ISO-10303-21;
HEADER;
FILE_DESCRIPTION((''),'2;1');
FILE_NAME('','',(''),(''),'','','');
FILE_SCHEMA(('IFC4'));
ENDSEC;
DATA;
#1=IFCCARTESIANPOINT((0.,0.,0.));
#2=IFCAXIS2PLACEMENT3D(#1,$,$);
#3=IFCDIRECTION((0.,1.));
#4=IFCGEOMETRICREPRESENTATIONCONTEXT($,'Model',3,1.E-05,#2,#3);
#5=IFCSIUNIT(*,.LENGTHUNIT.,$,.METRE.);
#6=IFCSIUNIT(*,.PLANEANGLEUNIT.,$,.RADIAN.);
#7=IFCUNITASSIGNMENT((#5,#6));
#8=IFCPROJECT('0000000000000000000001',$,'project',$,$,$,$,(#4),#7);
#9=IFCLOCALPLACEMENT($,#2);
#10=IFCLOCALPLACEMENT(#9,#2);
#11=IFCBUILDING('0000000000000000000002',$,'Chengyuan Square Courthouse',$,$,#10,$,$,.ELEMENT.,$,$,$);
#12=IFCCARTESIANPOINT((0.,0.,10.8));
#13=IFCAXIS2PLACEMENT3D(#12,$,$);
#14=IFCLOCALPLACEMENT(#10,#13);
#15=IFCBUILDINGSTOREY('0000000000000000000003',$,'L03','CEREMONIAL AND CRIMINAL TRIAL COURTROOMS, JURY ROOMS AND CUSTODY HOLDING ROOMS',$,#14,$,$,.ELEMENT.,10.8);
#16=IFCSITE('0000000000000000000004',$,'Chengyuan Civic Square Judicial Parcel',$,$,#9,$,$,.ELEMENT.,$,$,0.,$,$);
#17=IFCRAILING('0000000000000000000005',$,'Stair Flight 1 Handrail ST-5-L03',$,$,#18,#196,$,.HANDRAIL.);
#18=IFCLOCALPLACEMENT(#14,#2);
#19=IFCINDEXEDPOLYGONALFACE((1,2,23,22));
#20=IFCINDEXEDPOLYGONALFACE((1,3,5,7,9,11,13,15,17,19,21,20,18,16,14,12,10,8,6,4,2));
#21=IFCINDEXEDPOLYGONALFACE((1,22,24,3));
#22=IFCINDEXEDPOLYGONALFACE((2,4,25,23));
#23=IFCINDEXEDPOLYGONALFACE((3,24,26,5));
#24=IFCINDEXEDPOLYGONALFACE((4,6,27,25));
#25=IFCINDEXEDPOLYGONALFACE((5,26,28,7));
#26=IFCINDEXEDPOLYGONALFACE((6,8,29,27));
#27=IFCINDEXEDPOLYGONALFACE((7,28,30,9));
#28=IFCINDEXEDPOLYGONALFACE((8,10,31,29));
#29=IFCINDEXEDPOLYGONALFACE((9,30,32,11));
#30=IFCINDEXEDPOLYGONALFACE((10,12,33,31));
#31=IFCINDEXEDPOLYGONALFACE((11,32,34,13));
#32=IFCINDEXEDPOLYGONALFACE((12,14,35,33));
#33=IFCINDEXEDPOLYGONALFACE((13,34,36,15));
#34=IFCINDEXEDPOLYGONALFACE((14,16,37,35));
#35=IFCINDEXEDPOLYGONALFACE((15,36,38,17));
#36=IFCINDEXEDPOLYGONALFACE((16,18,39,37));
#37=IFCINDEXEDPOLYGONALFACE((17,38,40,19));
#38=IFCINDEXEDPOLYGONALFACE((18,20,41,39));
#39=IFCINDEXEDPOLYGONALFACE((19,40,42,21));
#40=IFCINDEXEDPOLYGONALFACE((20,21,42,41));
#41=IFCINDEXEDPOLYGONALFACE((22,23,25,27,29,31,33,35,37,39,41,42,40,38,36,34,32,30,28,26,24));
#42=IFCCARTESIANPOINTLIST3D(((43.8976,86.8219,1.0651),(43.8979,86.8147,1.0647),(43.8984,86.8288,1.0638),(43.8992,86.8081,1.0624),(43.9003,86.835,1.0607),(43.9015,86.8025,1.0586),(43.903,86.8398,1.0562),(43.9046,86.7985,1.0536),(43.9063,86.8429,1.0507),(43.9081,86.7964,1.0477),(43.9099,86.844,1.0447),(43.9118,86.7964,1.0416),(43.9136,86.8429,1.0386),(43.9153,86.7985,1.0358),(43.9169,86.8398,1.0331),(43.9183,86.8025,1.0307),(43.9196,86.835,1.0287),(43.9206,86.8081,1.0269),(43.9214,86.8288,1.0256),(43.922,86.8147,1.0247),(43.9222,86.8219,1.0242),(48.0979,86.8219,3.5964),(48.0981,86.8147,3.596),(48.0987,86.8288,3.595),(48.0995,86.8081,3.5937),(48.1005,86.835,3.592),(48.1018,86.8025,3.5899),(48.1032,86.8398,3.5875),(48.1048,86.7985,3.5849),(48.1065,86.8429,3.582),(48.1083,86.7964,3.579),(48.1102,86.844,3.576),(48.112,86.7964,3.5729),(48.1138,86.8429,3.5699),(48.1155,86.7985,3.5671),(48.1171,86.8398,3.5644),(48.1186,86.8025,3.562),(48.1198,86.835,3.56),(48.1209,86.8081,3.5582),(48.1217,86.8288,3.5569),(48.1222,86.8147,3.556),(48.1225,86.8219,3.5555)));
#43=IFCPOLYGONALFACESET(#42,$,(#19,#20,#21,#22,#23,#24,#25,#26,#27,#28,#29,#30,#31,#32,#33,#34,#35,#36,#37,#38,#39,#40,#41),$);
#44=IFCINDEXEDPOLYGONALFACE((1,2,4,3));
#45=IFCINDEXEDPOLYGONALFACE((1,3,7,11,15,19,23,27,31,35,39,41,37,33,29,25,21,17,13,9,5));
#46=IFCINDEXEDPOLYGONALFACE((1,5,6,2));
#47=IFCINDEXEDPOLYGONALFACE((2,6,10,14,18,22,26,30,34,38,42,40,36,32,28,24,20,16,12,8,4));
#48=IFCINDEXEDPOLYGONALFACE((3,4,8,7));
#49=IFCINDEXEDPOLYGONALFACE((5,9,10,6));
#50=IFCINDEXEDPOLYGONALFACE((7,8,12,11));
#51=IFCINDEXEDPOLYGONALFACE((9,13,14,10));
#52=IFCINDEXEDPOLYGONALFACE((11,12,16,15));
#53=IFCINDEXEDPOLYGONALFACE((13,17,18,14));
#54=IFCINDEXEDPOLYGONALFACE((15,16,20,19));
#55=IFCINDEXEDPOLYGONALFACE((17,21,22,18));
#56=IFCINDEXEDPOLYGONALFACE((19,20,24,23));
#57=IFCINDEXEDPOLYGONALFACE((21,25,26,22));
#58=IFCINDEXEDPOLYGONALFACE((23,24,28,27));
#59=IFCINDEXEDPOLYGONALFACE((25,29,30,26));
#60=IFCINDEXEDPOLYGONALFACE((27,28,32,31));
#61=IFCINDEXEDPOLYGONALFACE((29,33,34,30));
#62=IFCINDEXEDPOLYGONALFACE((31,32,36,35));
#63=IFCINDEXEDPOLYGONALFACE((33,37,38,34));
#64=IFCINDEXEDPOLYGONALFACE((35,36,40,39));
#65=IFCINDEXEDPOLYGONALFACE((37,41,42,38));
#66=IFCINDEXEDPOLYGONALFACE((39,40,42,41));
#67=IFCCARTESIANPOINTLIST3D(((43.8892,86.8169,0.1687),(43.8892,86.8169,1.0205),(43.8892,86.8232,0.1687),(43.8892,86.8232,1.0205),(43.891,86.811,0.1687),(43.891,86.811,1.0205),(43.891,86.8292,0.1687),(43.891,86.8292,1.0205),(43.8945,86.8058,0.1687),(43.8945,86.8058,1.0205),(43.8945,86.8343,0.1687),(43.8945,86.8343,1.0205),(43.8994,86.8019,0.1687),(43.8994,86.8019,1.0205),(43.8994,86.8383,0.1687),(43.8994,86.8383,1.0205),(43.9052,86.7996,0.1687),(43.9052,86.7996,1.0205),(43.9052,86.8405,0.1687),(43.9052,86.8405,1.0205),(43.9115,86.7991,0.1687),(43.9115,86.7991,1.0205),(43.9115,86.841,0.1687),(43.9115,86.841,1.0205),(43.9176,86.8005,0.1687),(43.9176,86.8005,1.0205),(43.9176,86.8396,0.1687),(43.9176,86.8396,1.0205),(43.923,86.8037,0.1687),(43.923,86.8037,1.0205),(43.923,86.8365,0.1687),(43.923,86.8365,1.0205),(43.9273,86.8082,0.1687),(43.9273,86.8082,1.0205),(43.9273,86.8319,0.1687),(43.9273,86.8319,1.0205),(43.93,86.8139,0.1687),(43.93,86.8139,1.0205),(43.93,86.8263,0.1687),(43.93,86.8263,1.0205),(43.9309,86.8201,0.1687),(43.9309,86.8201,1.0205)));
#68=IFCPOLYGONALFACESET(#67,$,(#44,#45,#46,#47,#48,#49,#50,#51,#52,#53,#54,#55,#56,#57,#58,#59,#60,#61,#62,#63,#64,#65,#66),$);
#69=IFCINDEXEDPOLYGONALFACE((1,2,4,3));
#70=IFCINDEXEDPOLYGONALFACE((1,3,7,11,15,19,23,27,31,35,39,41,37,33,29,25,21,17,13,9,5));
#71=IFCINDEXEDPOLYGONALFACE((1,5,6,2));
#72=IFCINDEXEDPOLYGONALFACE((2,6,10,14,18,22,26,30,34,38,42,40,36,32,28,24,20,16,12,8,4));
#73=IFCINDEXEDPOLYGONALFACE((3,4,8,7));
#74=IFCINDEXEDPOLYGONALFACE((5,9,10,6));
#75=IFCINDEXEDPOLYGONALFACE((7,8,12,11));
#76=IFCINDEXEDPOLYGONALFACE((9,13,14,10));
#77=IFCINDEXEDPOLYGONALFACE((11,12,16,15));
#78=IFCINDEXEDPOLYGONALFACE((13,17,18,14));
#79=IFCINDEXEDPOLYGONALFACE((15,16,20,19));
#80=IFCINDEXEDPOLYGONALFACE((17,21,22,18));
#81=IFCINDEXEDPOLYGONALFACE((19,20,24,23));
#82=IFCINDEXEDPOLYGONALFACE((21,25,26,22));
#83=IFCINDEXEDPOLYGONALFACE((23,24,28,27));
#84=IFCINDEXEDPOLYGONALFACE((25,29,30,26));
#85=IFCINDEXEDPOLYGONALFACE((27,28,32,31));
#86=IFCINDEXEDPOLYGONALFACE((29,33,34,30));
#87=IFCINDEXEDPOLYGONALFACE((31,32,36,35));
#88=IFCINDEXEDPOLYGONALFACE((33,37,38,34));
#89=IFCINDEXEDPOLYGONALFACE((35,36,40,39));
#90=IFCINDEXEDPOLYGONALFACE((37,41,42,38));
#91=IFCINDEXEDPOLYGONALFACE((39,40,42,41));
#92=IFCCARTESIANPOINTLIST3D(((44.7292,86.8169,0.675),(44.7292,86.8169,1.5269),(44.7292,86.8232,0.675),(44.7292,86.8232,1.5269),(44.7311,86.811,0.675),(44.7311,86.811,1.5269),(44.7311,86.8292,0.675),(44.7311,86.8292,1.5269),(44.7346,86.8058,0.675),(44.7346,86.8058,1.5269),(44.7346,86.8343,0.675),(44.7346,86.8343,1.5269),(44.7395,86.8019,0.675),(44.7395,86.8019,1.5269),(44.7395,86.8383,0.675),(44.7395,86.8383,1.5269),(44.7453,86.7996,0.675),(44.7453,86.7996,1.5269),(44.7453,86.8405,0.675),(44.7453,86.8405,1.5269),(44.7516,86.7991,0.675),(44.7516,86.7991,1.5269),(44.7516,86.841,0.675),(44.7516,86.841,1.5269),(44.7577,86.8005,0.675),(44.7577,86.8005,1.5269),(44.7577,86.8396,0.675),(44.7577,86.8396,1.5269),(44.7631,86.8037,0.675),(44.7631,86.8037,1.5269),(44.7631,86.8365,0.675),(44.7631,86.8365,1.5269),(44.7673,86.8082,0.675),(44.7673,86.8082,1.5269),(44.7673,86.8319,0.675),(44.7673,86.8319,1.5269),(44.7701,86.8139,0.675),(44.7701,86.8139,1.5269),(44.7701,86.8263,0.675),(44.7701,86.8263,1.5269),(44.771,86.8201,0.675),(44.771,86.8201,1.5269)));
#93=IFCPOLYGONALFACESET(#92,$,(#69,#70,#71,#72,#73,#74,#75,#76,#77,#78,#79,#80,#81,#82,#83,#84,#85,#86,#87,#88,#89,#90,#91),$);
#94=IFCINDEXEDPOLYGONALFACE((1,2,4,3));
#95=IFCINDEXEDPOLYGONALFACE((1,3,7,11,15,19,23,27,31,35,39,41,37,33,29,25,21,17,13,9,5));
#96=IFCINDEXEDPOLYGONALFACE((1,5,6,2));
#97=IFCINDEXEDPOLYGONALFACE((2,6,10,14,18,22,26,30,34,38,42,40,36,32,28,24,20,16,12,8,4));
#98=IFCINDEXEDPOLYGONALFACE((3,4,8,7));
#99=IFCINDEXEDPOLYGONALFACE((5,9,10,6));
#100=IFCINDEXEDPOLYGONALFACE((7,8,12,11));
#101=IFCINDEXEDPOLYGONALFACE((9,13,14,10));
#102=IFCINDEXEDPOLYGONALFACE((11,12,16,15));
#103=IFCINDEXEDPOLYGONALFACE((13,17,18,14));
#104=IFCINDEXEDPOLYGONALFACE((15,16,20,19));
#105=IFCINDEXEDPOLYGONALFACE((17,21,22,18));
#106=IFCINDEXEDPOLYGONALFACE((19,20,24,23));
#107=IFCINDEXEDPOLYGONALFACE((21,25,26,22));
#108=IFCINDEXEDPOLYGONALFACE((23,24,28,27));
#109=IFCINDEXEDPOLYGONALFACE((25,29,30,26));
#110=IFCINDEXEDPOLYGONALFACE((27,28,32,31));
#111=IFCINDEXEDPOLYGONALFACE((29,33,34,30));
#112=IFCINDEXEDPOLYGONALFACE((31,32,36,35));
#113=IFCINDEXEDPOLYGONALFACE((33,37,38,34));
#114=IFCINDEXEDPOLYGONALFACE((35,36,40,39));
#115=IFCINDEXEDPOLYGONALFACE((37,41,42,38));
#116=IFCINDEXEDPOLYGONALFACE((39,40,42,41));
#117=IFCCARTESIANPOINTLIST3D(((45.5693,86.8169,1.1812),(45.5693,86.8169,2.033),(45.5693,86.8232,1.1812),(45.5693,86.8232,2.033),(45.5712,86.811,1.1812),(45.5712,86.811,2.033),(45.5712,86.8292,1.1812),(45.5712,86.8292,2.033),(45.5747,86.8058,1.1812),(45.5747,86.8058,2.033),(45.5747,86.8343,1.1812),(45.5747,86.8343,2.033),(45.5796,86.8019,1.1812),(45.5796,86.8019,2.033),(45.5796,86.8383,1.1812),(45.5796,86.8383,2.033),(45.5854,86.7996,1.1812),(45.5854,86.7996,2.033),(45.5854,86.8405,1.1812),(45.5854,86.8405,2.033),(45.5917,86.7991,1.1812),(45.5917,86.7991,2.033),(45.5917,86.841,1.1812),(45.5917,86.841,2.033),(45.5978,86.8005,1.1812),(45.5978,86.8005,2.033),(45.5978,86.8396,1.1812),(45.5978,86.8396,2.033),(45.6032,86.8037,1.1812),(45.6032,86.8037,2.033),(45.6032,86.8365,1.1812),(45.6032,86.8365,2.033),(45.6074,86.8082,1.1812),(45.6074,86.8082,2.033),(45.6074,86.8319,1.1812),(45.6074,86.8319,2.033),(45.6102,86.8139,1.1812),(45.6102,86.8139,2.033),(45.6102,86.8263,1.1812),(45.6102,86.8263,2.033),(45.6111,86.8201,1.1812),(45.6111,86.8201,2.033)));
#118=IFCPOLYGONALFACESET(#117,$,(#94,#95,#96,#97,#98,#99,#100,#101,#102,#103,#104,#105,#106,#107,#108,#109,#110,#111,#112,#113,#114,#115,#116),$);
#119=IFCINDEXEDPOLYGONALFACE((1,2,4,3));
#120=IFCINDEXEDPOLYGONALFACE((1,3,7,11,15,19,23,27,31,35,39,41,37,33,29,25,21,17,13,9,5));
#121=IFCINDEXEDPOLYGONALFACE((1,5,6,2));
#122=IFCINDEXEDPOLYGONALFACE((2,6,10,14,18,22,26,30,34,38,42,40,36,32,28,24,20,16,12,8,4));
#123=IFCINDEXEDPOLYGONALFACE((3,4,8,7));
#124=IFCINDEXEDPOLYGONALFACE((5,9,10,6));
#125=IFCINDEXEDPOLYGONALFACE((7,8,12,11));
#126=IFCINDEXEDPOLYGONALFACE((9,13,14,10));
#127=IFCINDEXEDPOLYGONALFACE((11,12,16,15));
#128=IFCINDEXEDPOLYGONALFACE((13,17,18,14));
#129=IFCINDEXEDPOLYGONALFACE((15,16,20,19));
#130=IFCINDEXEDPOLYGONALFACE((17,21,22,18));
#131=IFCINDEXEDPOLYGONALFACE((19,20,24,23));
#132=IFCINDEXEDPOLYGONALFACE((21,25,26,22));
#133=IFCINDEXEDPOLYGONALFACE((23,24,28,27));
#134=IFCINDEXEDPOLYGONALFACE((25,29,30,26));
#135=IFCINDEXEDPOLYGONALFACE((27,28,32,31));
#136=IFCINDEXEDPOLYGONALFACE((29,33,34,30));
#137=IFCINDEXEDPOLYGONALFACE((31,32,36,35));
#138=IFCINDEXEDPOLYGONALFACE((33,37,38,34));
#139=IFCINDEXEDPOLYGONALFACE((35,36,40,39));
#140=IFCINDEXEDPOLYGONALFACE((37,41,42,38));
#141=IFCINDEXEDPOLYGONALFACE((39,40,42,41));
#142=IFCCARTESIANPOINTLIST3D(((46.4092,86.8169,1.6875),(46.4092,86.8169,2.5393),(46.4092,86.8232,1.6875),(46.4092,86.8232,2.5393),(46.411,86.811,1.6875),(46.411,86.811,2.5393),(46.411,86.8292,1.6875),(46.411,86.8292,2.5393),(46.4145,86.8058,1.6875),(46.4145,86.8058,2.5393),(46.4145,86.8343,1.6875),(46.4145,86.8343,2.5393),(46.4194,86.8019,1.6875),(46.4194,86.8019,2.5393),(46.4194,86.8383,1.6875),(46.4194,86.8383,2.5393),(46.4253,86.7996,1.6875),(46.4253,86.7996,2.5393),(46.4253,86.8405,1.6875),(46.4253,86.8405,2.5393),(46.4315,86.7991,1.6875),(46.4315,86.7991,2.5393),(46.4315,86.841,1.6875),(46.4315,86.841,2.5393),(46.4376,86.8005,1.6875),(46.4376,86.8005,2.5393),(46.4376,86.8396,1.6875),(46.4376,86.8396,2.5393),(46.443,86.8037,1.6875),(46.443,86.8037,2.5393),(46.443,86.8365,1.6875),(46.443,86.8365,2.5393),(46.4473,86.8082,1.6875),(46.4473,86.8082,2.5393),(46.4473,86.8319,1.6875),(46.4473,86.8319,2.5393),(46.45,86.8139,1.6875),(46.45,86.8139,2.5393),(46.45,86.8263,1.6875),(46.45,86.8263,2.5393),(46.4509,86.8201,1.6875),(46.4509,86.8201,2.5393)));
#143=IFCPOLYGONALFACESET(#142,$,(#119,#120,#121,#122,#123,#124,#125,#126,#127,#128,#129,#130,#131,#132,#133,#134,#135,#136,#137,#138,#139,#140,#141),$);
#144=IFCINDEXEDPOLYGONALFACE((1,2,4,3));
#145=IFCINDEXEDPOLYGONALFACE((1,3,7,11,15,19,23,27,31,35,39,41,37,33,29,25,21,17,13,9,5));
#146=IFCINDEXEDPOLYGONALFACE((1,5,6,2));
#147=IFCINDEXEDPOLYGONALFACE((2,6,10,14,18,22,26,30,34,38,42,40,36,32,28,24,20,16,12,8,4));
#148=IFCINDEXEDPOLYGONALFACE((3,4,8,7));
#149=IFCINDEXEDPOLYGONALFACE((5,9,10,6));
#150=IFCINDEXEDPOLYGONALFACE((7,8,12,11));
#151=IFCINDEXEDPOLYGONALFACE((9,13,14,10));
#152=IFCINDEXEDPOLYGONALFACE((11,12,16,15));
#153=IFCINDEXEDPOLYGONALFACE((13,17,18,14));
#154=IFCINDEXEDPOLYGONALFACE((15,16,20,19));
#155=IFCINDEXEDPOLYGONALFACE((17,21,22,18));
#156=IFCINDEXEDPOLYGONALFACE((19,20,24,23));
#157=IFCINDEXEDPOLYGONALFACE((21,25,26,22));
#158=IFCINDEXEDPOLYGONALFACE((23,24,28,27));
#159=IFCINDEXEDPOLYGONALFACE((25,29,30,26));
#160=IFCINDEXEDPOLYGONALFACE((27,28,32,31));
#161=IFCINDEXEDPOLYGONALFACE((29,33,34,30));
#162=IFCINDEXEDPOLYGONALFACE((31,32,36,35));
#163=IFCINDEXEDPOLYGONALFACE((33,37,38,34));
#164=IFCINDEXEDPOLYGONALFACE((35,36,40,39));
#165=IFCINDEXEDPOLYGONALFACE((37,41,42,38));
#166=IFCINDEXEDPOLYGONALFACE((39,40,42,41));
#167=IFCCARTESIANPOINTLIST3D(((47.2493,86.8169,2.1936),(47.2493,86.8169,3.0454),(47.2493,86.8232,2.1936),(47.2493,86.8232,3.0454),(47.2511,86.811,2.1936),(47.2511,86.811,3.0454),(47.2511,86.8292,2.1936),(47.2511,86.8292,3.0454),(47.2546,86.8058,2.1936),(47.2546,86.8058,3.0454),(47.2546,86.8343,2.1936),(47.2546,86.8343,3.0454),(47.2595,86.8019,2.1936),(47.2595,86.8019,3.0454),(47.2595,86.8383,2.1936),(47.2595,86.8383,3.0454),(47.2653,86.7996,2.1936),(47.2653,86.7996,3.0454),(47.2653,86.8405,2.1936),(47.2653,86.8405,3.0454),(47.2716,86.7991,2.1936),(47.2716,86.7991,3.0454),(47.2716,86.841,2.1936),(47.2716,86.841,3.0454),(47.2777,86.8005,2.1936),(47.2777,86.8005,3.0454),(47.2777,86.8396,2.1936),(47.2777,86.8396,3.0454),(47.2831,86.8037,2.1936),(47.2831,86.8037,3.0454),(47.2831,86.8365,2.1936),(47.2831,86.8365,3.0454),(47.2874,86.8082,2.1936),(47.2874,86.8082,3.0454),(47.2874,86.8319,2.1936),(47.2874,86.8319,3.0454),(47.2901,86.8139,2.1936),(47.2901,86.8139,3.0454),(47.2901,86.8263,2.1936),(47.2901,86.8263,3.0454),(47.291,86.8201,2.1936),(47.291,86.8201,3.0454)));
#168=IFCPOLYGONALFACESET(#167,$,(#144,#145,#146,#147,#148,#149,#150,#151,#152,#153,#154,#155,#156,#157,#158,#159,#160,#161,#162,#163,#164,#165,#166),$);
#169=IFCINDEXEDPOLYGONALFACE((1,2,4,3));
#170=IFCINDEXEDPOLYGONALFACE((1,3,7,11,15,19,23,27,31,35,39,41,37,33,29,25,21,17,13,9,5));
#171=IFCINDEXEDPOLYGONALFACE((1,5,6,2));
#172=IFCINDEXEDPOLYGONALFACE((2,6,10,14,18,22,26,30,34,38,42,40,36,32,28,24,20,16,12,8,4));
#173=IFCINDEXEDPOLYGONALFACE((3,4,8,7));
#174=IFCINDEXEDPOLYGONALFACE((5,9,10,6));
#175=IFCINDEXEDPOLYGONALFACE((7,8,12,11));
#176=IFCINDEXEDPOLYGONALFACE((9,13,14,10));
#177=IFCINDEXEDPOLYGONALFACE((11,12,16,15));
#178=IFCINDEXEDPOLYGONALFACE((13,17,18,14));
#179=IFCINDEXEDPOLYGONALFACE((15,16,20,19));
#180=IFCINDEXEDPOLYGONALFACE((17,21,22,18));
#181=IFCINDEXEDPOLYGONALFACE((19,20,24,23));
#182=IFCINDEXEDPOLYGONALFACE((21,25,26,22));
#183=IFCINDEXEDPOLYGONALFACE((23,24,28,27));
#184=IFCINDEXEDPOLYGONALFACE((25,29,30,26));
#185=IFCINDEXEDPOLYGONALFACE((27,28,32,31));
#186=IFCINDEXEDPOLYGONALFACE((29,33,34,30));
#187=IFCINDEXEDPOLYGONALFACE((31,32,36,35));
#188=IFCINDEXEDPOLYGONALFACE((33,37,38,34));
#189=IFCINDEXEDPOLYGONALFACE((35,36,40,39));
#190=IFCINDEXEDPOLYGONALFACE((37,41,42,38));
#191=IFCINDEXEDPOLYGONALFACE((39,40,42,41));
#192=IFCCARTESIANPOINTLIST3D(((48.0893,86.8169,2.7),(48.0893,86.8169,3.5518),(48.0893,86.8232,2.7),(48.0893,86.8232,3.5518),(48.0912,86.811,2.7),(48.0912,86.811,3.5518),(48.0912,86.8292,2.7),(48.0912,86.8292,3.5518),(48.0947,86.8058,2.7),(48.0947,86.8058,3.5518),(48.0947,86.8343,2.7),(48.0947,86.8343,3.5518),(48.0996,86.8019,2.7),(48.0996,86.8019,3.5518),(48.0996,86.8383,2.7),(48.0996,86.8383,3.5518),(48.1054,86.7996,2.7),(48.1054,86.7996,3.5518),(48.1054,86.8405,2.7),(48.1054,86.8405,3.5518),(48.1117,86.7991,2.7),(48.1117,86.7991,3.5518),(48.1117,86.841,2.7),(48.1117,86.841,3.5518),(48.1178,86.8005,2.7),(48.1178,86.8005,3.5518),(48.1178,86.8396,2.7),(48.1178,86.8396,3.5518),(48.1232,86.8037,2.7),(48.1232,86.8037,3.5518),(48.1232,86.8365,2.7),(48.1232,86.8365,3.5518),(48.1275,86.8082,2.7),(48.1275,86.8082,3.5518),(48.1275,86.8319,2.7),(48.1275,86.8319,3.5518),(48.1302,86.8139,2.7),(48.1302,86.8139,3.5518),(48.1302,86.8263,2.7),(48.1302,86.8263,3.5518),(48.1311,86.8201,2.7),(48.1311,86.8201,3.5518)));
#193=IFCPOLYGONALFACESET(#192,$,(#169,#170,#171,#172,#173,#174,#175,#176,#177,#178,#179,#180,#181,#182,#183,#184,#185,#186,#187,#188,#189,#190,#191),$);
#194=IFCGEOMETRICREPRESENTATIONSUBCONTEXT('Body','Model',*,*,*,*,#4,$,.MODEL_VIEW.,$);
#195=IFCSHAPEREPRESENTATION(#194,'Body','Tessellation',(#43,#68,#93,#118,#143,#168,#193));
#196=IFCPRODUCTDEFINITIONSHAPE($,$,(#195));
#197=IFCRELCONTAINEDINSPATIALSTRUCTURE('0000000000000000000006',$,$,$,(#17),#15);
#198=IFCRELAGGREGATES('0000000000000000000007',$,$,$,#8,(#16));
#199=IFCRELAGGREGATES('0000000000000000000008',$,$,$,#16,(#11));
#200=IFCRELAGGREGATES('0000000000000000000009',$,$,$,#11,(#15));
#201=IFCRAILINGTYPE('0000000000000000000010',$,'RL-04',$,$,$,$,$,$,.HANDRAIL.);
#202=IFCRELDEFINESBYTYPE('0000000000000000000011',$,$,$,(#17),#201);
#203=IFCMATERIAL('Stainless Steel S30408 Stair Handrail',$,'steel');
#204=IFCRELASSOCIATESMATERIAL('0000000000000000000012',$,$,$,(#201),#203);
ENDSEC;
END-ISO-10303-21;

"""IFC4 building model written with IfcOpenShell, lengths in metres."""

from ifc_helpers import new_model, si_unit, direction, frame, origin, origin_2d, place, context, subcontext, project, spatial, circle, extrude, material, type_object, element, save


model = new_model("IFC4")

# Units and contexts
model_context = context("Model", 3, precision=1e-05, world=origin(), true_north=direction((0.0, 1.0)))
body_context = subcontext(model_context, "Body", "Model", "MODEL_VIEW")
ifc_project = project(units=[si_unit("LENGTHUNIT", "METRE"), si_unit("PLANEANGLEUNIT", "RADIAN")], contexts=[model_context])

# Site, building, storey
site_placement = place(None, origin())
site = spatial("IfcSite", under=ifc_project, at=site_placement, Name="Chengyuan Civic Square Judicial Parcel", CompositionType="ELEMENT", RefElevation=0.0)
building_placement = place(site_placement, origin())
building = spatial("IfcBuilding", under=site, at=building_placement, Name="Chengyuan Square Courthouse", CompositionType="ELEMENT")
storey_placement = place(building_placement, frame((0.0, 0.0, 10.8)))
storey = spatial("IfcBuildingStorey", under=building, at=storey_placement, Name="L03", Description="CEREMONIAL AND CRIMINAL TRIAL COURTROOMS, JURY ROOMS AND CUSTODY HOLDING ROOMS", CompositionType="ELEMENT", Elevation=10.8)

# Railing
ifc_material_1 = material(Name="Stainless Steel S30408 Stair Handrail", Category="steel")
railing_type_1 = type_object("IfcRailingType", Name="RL-04", PredefinedType="HANDRAIL", material=ifc_material_1)
railing_1_placement = place(storey_placement, frame((43.9099, 86.8201, 0.1687)))
element("IfcRailing", 1, at=railing_1_placement, inside=storey, type_object=railing_type_1, Name="Stair Flight 1 Handrail ST-5-L03", PredefinedType="HANDRAIL", context=body_context, shape_type="SweptSolid", body=[
    extrude(circle(Radius=0.0239, at=origin_2d()), frame((0.0, 0.0, 0.876), z_axis=(0.85649, 0.0, 0.516164), x_axis=(0.0, 1.0, 0.0)), (0.0, 0.0, 1.0), 4.9041),
    extrude(circle(Radius=0.021, at=origin_2d()), origin(), (0.0, 0.0, 1.0), 0.8518),
    extrude(circle(Radius=0.021, at=origin_2d()), frame((0.8401, 0.0, 0.5063)), (0.0, 0.0, 1.0), 0.8518),
    extrude(circle(Radius=0.021, at=origin_2d()), frame((1.6802, 0.0, 1.0125)), (0.0, 0.0, 1.0), 0.8518),
    extrude(circle(Radius=0.021, at=origin_2d()), frame((2.52, 0.0, 1.5188)), (0.0, 0.0, 1.0), 0.8518),
    extrude(circle(Radius=0.021, at=origin_2d()), frame((3.3601, 0.0, 2.0249)), (0.0, 0.0, 1.0), 0.8518),
    extrude(circle(Radius=0.021, at=origin_2d()), frame((4.2002, 0.0, 2.5312)), (0.0, 0.0, 1.0), 0.8518),
])

save(model, "model.ifc")
